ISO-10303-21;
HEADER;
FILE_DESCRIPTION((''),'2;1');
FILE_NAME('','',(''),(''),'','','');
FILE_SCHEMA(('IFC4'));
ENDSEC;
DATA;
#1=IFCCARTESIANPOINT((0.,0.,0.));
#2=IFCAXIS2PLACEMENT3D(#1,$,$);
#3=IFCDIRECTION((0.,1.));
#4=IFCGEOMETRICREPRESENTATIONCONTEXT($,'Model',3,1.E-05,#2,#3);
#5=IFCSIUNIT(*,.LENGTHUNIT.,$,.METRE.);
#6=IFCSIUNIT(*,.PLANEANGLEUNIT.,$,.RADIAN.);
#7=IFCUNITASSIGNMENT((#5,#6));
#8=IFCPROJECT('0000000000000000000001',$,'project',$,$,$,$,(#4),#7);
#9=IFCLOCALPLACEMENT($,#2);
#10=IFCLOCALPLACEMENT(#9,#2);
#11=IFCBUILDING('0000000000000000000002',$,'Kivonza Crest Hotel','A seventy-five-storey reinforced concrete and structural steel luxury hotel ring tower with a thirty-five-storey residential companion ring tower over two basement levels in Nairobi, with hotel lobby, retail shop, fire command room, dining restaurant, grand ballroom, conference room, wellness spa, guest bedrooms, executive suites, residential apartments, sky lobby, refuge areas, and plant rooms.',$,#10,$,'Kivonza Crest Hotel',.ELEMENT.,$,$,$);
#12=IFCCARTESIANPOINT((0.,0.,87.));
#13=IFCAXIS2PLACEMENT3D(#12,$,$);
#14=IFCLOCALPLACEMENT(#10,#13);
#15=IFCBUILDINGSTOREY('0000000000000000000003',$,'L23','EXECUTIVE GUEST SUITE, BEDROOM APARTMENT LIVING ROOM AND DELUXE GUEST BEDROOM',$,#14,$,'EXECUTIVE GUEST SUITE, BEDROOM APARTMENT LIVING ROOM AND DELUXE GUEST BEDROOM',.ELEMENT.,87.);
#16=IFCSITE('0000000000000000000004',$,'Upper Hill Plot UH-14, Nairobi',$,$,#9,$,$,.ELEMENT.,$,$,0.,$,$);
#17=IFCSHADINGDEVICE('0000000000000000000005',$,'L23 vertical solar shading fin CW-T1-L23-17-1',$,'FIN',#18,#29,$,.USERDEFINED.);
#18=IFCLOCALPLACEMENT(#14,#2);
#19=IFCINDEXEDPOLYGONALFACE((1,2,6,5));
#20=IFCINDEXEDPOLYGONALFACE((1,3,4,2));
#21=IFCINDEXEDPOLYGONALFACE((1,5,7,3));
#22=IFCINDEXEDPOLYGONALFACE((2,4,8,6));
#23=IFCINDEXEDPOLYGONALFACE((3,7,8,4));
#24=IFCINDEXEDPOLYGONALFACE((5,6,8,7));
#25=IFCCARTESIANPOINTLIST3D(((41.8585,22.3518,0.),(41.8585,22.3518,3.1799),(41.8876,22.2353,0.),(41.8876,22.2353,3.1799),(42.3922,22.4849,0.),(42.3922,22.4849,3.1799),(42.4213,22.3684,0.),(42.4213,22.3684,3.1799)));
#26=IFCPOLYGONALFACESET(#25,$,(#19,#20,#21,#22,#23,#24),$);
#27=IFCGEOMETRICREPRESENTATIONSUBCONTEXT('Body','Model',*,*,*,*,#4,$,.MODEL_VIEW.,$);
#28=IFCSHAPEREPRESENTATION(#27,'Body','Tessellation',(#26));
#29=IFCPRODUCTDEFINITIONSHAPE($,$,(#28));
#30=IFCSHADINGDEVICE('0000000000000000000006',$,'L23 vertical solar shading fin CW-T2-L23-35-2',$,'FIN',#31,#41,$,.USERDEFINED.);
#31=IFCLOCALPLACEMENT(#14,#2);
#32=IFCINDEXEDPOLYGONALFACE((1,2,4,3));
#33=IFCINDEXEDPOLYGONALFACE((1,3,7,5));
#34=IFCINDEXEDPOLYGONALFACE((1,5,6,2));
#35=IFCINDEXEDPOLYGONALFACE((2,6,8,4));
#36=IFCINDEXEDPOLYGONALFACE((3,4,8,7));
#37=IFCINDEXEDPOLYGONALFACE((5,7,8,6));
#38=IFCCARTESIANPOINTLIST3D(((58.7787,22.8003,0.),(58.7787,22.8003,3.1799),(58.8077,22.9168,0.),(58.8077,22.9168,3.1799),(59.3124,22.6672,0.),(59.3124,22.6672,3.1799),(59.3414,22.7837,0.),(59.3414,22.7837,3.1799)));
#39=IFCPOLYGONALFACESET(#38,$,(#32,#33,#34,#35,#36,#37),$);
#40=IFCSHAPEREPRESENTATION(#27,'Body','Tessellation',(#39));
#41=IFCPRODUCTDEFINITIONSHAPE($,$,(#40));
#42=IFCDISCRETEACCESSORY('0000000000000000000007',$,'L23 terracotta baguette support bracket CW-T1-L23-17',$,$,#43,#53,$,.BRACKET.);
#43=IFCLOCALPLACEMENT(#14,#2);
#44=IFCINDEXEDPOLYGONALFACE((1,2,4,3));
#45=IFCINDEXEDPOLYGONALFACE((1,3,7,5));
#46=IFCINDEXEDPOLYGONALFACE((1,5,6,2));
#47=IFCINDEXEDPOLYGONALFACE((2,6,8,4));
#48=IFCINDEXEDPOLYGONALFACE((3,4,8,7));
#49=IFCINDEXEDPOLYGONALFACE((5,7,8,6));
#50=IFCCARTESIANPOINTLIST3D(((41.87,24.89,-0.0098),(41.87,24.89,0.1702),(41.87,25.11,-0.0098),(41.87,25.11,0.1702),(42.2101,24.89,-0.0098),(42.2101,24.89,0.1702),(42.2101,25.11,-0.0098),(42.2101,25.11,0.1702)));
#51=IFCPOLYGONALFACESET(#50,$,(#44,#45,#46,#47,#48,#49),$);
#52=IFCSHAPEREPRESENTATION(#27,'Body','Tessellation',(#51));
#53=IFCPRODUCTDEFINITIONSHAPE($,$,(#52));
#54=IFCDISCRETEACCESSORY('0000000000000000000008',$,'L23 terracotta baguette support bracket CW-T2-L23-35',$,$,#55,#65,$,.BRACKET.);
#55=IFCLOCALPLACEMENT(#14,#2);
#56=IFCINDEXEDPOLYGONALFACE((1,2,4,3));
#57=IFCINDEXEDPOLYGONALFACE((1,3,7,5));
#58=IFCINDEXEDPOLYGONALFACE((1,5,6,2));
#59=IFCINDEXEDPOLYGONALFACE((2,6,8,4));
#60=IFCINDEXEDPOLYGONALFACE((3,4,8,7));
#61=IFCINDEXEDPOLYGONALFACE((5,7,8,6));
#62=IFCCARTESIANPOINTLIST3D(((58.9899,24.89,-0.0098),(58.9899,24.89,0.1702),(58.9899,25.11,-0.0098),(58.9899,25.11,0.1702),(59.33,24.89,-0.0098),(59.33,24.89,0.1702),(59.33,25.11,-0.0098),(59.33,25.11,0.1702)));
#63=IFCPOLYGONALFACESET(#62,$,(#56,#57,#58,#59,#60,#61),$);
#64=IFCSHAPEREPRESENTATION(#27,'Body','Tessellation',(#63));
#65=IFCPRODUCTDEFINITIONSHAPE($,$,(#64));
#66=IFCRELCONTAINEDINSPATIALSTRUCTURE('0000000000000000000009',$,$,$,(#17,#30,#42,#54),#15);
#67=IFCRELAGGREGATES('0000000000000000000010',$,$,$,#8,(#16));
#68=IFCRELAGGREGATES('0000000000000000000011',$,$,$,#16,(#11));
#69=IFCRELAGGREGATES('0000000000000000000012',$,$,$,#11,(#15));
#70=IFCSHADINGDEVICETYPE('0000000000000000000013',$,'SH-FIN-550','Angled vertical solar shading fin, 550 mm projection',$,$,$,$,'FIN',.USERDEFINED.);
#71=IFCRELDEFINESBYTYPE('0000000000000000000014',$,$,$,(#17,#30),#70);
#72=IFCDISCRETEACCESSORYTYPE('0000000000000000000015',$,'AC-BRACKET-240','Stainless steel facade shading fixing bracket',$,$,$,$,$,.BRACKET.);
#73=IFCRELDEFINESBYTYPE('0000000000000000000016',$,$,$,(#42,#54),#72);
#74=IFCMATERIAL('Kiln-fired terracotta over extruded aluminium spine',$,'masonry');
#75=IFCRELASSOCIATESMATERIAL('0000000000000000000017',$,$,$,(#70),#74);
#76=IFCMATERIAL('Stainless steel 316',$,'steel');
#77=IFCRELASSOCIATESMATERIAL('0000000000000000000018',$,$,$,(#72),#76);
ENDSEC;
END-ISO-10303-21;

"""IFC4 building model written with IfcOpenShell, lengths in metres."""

from ifc_helpers import new_model, si_unit, direction, frame, origin, origin_2d, place, context, subcontext, project, spatial, rectangle, extrude, material, type_object, element, save


model = new_model("IFC4")

# Units and contexts
model_context = context("Model", 3, precision=1e-05, world=origin(), true_north=direction((0.0, 1.0)))
body_context = subcontext(model_context, "Body", "Model", "MODEL_VIEW")
ifc_project = project(units=[si_unit("LENGTHUNIT", "METRE"), si_unit("PLANEANGLEUNIT", "RADIAN")], contexts=[model_context])

# Site, building, storey
site_placement = place(None, origin())
site = spatial("IfcSite", under=ifc_project, at=site_placement, Name="Upper Hill Plot UH-14, Nairobi", CompositionType="ELEMENT", RefElevation=0.0)
building_placement = place(site_placement, origin())
building = spatial("IfcBuilding", under=site, at=building_placement, Name="Kivonza Crest Hotel", Description="A seventy-five-storey reinforced concrete and structural steel luxury hotel ring tower with a thirty-five-storey residential companion ring tower over two basement levels in Nairobi, with hotel lobby, retail shop, fire command room, dining restaurant, grand ballroom, conference room, wellness spa, guest bedrooms, executive suites, residential apartments, sky lobby, refuge areas, and plant rooms.", LongName="Kivonza Crest Hotel", CompositionType="ELEMENT")
storey_placement = place(building_placement, frame((0.0, 0.0, 87.0)))
storey = spatial("IfcBuildingStorey", under=building, at=storey_placement, Name="L23", Description="EXECUTIVE GUEST SUITE, BEDROOM APARTMENT LIVING ROOM AND DELUXE GUEST BEDROOM", LongName="EXECUTIVE GUEST SUITE, BEDROOM APARTMENT LIVING ROOM AND DELUXE GUEST BEDROOM", CompositionType="ELEMENT", Elevation=87.0)

# Shading devices
ifc_material_1 = material(Name="Kiln-fired terracotta over extruded aluminium spine", Category="masonry")
shading_device_type_1 = type_object("IfcShadingDeviceType", Name="SH-FIN-550", Description="Angled vertical solar shading fin, 550 mm projection", ElementType="FIN", PredefinedType="USERDEFINED", material=ifc_material_1)
for number, where, z_axis, x_axis, name in (
    (1, (42.1399, 22.3601, 0.0), (0.0, 0.0, 1.0), (-0.241922, 0.970296, 0.0), "L23 vertical solar shading fin CW-T1-L23-17-1"),
    (2, (59.0601, 22.792, 0.0), (0.0, 0.0, 1.0), (-0.241922, -0.970296, 0.0), "L23 vertical solar shading fin CW-T2-L23-35-2"),
):
    element("IfcShadingDevice", number, at=place(storey_placement, frame(where, z_axis=z_axis, x_axis=x_axis)), inside=storey, type_object=shading_device_type_1, Name=name, ObjectType="FIN", PredefinedType="USERDEFINED", context=body_context, shape_type="SweptSolid", body=[
        extrude(rectangle(XDim=0.1201, YDim=0.55, at=origin_2d()), origin(), (0.0, 0.0, 1.0), 3.1799),
    ])

# Discrete accessories
ifc_material_2 = material(Name="Stainless steel 316", Category="steel")
discrete_accessory_type = type_object("IfcDiscreteAccessoryType", Name="AC-BRACKET-240", Description="Stainless steel facade shading fixing bracket", PredefinedType="BRACKET", material=ifc_material_2)
for number, where, z_axis, x_axis, name in (
    (3, (42.04, 25.0, -0.0098), (0.0, 0.0, 1.0), (0.0, 1.0, 0.0), "L23 terracotta baguette support bracket CW-T1-L23-17"),
    (4, (59.1599, 25.0, -0.0098), (0.0, 0.0, 1.0), (0.0, -1.0, 0.0), "L23 terracotta baguette support bracket CW-T2-L23-35"),
):
    element("IfcDiscreteAccessory", number, at=place(storey_placement, frame(where, z_axis=z_axis, x_axis=x_axis)), inside=storey, type_object=discrete_accessory_type, Name=name, PredefinedType="BRACKET", context=body_context, shape_type="SweptSolid", body=[
        extrude(rectangle(XDim=0.22, YDim=0.3401, at=origin_2d()), origin(), (0.0, 0.0, 1.0), 0.1799),
    ])

save(model, "model.ifc")
